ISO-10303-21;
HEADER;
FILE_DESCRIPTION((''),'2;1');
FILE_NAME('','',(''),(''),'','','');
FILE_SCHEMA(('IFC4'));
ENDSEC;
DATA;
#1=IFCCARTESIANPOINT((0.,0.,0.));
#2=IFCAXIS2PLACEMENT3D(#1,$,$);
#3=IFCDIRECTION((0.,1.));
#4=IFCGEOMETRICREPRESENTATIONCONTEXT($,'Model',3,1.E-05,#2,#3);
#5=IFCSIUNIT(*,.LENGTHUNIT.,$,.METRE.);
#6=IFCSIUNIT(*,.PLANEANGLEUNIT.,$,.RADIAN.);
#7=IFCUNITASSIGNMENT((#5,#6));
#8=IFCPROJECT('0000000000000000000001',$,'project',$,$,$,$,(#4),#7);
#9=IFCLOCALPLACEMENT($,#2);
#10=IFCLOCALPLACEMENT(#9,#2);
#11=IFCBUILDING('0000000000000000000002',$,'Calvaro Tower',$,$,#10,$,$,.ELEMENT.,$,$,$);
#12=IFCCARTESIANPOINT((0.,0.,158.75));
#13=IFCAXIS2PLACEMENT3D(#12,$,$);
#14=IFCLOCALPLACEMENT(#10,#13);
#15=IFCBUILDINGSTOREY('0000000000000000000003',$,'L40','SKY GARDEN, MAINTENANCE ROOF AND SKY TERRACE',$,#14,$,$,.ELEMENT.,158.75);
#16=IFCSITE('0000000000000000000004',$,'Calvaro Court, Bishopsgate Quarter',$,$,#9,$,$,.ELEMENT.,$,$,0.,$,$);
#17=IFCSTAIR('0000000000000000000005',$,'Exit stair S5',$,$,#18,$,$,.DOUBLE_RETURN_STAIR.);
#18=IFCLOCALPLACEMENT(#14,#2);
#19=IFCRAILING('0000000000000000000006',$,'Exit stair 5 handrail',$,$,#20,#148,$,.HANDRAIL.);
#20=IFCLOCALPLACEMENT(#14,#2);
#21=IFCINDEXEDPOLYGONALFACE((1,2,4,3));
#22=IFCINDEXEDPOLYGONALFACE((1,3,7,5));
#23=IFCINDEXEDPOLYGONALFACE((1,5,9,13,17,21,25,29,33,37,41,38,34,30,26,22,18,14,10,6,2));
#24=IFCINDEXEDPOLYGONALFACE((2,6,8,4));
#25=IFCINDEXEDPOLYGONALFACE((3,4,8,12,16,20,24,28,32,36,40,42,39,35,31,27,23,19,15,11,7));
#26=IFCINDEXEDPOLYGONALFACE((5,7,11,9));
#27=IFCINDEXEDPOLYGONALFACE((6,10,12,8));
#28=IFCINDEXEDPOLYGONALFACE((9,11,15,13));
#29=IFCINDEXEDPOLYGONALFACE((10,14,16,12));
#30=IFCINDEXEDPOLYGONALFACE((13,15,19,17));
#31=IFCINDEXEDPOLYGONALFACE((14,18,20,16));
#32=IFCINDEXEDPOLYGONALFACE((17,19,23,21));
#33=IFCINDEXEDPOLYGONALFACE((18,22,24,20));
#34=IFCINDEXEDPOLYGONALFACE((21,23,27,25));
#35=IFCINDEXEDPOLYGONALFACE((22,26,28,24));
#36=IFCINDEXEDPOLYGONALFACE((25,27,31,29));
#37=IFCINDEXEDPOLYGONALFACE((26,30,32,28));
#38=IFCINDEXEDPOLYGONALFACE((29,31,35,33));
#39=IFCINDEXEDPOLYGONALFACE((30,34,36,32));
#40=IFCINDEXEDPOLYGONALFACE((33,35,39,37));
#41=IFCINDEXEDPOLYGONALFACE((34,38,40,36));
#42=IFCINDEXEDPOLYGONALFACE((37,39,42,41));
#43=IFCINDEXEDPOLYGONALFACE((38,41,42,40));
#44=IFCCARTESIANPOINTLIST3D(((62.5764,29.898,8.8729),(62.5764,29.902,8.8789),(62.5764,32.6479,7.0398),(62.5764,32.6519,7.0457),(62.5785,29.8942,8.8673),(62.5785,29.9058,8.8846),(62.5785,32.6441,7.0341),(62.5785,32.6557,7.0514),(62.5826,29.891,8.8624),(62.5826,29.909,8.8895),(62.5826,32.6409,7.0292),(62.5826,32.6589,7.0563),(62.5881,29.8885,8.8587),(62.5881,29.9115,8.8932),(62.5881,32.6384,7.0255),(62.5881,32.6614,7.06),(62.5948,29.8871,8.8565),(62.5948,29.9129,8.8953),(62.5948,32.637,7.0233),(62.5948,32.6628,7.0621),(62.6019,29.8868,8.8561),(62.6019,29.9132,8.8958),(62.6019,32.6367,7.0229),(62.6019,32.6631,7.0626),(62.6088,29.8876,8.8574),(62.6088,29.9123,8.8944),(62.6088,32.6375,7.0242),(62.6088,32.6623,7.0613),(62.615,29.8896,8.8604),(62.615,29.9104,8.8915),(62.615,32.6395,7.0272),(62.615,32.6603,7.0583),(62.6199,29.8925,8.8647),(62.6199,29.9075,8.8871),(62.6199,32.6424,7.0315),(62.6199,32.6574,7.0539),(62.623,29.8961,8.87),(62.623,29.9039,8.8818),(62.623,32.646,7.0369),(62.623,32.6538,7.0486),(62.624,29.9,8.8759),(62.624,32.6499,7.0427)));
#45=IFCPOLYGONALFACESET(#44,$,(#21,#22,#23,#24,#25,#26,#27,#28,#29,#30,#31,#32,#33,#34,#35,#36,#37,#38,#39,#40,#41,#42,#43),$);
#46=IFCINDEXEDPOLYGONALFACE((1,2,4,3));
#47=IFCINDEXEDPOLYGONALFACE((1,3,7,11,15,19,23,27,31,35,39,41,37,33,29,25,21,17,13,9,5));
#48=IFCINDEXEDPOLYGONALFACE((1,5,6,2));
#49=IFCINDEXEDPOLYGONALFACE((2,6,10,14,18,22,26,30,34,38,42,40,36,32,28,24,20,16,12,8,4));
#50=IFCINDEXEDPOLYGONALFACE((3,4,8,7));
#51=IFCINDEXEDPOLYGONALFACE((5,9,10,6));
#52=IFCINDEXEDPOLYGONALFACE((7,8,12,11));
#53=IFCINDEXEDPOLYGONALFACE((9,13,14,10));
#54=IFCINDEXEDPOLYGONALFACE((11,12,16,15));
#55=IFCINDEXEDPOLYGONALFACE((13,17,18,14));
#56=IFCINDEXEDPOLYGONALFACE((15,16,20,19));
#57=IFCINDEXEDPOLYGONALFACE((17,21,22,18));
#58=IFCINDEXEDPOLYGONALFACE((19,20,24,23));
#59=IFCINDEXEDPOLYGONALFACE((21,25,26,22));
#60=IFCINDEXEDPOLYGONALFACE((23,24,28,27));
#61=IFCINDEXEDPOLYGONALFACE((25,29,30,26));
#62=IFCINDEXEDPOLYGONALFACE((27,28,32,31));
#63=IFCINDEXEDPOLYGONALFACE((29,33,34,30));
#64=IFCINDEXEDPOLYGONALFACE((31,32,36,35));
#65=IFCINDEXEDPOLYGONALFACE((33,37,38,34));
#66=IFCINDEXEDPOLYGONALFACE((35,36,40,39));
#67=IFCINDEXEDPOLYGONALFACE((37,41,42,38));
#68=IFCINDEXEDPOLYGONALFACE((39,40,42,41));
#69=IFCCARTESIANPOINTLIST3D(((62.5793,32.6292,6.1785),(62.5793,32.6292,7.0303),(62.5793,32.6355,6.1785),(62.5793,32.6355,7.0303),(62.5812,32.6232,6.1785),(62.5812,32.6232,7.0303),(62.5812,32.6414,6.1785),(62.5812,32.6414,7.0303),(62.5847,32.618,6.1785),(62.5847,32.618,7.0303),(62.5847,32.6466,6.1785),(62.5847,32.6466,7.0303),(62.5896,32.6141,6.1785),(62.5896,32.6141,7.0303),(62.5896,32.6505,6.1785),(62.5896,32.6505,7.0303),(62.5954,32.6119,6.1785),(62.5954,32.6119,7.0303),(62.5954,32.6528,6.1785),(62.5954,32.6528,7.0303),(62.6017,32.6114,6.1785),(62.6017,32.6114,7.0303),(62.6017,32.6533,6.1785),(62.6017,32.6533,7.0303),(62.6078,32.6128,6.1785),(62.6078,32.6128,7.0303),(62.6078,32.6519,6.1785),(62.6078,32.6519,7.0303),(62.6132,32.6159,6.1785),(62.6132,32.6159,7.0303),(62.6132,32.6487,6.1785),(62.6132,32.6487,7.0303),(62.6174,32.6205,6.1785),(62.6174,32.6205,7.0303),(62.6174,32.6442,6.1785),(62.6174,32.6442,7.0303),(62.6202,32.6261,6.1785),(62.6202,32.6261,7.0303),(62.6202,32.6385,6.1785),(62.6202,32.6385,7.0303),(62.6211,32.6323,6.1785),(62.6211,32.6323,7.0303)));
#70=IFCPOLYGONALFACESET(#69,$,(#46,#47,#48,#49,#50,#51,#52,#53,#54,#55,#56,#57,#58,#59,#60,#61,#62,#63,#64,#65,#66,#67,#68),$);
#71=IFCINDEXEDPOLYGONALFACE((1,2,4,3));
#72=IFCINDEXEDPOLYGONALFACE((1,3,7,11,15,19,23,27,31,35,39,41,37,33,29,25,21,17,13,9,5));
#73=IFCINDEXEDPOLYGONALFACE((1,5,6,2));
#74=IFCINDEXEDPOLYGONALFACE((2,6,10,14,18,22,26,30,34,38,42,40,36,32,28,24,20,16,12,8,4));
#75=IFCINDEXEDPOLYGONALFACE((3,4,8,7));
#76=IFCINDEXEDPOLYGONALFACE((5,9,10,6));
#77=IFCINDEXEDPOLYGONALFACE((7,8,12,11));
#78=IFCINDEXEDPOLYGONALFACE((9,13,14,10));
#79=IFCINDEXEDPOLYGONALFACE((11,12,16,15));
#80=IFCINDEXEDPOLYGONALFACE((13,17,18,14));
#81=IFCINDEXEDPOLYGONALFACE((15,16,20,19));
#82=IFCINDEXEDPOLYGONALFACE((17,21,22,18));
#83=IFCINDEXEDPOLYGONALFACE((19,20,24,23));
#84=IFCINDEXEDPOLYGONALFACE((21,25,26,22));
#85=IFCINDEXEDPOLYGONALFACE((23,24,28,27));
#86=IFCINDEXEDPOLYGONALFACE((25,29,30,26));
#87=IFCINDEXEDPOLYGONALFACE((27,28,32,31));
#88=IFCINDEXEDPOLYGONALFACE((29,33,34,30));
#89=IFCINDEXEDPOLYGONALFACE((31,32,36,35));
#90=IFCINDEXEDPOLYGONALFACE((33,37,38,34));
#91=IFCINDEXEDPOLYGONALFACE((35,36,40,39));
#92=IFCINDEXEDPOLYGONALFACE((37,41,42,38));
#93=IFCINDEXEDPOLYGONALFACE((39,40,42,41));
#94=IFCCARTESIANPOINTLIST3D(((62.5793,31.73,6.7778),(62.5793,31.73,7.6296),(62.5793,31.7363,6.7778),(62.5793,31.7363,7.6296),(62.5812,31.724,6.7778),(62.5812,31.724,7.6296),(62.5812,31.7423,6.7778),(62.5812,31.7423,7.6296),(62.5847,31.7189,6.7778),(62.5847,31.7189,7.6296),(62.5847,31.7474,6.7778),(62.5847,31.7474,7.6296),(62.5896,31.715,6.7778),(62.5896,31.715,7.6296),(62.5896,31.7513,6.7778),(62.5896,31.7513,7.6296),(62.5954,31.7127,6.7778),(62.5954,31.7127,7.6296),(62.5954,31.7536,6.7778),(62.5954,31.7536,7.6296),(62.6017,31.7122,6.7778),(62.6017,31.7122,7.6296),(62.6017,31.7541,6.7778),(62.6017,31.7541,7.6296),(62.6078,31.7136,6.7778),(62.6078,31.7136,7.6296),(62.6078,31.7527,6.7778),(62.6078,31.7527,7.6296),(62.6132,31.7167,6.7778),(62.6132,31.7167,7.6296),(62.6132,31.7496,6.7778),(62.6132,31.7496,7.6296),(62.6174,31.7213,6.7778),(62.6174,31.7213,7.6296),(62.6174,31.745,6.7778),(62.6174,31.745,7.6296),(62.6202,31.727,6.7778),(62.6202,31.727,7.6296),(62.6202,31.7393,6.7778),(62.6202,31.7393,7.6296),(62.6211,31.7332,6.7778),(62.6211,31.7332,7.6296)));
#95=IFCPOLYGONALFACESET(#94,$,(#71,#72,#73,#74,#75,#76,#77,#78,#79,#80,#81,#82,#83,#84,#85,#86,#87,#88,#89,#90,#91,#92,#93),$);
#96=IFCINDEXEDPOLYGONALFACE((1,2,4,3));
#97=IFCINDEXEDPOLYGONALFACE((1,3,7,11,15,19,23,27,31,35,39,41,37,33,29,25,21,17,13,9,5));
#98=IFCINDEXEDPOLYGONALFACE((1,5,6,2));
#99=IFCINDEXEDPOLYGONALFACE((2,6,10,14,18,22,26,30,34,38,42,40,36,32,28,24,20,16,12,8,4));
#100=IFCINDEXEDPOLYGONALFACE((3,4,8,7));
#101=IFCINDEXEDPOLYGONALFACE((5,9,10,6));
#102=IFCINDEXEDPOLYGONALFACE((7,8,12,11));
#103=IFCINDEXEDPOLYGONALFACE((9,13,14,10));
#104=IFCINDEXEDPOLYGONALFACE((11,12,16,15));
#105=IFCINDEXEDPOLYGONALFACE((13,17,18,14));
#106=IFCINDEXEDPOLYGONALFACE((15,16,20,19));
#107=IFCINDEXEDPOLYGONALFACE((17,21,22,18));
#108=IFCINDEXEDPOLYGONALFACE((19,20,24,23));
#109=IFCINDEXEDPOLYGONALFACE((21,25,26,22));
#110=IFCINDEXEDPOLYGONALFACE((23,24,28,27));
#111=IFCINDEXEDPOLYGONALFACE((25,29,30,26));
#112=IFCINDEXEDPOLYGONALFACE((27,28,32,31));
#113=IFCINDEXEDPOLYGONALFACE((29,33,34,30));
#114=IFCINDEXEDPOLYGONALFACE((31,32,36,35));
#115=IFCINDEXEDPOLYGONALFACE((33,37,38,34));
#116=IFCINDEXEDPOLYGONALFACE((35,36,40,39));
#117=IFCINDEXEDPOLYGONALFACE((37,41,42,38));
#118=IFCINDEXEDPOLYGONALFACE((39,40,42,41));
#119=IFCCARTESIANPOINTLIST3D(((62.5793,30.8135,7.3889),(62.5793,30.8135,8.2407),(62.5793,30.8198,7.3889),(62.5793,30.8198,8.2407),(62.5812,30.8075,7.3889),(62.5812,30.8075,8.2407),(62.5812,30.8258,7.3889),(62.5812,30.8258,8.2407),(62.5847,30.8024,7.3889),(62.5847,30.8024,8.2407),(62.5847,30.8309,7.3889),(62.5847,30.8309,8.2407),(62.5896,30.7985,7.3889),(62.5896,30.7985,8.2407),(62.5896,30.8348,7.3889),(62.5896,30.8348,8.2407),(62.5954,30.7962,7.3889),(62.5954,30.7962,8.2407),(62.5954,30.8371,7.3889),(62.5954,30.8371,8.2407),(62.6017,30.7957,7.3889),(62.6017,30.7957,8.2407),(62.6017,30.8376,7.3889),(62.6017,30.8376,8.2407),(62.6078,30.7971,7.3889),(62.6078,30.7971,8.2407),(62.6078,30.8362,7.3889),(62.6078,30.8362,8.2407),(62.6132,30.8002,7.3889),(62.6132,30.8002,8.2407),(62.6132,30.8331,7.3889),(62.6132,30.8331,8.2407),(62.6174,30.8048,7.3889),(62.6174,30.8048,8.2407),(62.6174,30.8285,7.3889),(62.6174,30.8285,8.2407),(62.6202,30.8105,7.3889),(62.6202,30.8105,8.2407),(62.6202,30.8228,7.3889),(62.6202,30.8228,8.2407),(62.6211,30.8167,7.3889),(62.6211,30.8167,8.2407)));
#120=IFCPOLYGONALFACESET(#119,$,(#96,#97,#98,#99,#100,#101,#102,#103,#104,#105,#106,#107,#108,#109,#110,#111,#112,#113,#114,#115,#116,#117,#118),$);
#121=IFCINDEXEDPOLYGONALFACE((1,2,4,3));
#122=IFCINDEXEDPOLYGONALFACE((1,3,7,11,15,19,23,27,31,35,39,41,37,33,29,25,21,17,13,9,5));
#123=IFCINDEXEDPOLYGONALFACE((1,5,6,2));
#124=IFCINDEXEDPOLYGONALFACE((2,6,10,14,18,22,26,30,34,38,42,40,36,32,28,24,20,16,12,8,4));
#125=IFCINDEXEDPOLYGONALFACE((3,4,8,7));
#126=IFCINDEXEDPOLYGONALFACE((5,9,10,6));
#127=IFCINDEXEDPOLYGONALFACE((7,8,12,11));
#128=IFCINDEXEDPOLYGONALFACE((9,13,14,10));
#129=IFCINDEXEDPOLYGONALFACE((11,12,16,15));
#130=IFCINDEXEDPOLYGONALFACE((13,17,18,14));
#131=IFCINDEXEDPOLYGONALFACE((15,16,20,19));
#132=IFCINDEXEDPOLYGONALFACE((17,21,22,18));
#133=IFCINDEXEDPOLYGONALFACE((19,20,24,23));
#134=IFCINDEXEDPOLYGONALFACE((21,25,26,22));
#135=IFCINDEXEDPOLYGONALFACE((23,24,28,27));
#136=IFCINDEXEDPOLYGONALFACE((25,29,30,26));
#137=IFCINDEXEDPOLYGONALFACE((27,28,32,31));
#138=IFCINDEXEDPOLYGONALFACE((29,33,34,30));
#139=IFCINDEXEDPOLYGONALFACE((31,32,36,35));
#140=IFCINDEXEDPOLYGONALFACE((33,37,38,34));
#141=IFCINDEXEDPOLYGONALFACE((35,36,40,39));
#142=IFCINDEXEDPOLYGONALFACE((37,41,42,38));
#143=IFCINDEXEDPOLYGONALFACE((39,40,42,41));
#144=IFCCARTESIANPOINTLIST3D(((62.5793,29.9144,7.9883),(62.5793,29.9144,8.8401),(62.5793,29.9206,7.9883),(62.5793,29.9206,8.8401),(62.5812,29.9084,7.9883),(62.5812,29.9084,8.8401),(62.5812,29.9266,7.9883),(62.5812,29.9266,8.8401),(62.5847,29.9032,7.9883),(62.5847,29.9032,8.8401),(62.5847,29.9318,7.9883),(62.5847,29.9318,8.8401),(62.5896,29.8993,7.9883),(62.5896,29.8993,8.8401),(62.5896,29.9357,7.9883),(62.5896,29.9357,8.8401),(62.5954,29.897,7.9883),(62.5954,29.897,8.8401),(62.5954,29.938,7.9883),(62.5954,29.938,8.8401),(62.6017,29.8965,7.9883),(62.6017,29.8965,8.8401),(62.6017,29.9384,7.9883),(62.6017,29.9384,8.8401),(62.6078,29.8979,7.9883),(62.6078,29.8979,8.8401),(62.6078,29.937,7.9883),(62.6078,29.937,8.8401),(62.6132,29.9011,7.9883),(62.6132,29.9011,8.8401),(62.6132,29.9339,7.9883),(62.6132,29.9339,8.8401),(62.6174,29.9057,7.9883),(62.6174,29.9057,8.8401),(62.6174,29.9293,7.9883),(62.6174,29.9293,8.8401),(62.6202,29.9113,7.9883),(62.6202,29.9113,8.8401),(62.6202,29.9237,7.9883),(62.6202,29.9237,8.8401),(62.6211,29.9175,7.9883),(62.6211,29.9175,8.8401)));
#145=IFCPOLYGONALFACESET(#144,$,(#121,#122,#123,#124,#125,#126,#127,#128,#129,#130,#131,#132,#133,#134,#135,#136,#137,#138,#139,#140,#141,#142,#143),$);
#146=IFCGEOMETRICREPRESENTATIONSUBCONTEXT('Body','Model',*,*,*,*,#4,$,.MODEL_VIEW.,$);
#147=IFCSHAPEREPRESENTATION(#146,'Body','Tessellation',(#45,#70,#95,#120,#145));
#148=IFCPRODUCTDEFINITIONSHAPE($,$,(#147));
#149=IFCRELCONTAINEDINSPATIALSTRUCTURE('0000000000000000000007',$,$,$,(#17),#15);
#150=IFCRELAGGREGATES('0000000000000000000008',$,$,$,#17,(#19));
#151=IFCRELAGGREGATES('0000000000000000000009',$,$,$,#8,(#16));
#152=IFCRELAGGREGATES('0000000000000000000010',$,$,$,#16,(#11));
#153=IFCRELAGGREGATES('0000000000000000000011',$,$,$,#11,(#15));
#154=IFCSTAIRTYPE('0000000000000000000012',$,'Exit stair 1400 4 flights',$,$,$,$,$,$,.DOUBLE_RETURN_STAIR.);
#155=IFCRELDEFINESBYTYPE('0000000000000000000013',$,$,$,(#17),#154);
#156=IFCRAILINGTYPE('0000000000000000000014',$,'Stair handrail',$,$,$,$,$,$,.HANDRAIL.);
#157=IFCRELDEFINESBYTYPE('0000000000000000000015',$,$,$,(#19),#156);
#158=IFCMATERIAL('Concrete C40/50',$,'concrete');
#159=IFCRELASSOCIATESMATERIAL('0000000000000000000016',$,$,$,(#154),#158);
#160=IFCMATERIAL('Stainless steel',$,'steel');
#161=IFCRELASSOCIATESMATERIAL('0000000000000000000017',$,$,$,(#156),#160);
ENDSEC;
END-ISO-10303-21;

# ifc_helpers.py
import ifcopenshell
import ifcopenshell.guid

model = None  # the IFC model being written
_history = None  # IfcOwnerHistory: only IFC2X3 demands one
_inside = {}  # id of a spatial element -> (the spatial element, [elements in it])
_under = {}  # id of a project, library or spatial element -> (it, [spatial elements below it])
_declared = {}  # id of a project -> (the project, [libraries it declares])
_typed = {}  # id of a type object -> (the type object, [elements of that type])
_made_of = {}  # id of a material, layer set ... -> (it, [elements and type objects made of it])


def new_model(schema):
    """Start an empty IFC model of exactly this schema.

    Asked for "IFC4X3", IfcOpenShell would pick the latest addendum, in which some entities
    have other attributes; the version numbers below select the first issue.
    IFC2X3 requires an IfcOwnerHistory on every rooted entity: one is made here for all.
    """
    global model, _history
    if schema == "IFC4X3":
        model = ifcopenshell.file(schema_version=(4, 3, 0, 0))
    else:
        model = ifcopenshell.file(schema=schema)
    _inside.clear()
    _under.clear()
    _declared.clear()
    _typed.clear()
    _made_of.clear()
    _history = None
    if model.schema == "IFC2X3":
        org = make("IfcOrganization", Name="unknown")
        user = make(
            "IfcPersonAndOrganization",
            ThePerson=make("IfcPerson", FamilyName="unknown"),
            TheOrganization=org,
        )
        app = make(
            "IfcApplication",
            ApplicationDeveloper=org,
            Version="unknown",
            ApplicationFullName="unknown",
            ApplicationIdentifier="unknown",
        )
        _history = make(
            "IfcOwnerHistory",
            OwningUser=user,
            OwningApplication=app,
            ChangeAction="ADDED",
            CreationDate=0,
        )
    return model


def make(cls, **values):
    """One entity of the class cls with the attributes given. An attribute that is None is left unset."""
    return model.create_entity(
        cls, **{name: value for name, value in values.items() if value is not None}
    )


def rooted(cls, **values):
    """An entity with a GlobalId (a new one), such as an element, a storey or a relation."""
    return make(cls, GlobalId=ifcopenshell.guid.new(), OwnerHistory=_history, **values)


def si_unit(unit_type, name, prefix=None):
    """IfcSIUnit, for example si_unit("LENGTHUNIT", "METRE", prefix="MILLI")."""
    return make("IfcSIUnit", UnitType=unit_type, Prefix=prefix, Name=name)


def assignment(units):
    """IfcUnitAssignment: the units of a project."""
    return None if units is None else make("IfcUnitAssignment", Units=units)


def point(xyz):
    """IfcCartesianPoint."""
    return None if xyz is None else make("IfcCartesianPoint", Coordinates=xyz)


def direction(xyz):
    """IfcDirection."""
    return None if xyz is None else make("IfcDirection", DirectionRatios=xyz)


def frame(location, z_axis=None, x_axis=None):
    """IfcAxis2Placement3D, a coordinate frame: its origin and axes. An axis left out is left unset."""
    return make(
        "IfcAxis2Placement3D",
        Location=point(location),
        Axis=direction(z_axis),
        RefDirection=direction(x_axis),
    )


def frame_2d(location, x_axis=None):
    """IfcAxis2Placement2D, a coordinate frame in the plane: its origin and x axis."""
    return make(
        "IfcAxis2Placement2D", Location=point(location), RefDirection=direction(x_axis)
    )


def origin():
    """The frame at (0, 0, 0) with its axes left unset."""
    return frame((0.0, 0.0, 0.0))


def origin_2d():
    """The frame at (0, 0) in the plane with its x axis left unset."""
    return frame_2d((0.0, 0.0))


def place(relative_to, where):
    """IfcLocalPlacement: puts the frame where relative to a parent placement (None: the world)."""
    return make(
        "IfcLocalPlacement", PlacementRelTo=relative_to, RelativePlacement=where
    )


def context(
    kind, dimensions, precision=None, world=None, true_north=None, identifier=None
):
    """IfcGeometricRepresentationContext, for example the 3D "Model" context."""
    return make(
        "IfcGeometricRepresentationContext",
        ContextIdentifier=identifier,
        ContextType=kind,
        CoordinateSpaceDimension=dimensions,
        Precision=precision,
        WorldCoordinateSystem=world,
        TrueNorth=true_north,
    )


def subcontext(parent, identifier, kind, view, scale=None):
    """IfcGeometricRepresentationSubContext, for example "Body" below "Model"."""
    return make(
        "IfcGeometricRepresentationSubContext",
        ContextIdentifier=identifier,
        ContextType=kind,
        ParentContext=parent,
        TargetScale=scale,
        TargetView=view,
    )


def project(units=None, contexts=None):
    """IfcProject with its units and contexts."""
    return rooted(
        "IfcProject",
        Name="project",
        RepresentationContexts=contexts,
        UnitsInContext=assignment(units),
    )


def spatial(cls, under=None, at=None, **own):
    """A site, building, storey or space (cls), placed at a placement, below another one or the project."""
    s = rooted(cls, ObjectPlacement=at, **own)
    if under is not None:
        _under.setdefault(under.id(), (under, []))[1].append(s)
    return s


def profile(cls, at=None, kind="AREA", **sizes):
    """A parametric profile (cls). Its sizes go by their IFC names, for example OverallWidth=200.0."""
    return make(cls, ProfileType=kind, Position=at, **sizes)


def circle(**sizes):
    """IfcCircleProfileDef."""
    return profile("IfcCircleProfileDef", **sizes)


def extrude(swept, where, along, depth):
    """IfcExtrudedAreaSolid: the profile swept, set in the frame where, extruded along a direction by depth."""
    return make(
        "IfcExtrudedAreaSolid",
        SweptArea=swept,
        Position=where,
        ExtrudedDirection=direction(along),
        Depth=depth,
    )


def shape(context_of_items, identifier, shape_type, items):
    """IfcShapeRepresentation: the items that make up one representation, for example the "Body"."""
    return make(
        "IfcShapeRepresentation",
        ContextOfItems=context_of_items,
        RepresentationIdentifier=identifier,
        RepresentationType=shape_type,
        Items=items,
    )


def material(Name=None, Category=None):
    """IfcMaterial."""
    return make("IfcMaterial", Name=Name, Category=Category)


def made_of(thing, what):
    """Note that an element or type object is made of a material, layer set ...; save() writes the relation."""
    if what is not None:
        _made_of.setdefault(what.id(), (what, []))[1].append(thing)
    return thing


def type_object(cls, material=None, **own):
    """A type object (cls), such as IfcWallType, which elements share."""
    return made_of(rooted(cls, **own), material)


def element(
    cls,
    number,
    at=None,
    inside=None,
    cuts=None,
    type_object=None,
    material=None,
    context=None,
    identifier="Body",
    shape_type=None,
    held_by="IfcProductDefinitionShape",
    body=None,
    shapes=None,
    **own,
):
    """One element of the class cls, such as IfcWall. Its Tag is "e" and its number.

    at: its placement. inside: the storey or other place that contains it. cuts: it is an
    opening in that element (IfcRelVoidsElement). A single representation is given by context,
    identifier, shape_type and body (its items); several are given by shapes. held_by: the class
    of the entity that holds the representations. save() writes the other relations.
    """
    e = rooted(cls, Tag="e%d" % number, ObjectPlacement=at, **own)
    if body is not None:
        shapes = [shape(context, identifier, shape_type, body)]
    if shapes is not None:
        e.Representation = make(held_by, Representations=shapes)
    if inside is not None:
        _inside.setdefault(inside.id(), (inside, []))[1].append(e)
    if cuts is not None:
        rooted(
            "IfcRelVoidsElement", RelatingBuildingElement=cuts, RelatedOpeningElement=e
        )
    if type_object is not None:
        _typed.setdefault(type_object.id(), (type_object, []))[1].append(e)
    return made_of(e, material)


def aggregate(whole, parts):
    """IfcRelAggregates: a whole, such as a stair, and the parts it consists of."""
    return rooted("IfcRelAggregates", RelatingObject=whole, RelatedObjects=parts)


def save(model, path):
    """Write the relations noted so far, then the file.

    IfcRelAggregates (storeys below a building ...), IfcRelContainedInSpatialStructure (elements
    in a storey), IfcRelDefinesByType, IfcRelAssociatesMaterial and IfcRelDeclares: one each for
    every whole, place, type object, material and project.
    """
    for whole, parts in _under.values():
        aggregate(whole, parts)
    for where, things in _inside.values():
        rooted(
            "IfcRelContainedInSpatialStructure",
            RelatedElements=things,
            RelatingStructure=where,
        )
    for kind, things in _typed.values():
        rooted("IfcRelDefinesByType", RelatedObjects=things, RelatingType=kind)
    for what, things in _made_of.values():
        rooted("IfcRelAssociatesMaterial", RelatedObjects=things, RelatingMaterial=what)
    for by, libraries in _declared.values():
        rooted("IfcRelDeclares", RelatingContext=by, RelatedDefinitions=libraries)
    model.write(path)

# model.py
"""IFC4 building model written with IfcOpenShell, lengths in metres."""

from ifc_helpers import new_model, si_unit, direction, frame, origin, origin_2d, place, context, subcontext, project, spatial, circle, extrude, material, type_object, element, aggregate, save


model = new_model("IFC4")

# Units and contexts
model_context = context("Model", 3, precision=1e-05, world=origin(), true_north=direction((0.0, 1.0)))
body_context = subcontext(model_context, "Body", "Model", "MODEL_VIEW")
ifc_project = project(units=[si_unit("LENGTHUNIT", "METRE"), si_unit("PLANEANGLEUNIT", "RADIAN")], contexts=[model_context])

# Site, building, storey
site_placement = place(None, origin())
site = spatial("IfcSite", under=ifc_project, at=site_placement, Name="Calvaro Court, Bishopsgate Quarter", CompositionType="ELEMENT", RefElevation=0.0)
building_placement = place(site_placement, origin())
building = spatial("IfcBuilding", under=site, at=building_placement, Name="Calvaro Tower", CompositionType="ELEMENT")
storey_placement = place(building_placement, frame((0.0, 0.0, 158.75)))
storey = spatial("IfcBuildingStorey", under=building, at=storey_placement, Name="L40", Description="SKY GARDEN, MAINTENANCE ROOF AND SKY TERRACE", CompositionType="ELEMENT", Elevation=158.75)

# Stair
ifc_material_1 = material(Name="Concrete C40/50", Category="concrete")
stair_type = type_object("IfcStairType", Name="Exit stair 1400 4 flights", PredefinedType="DOUBLE_RETURN_STAIR", material=ifc_material_1)
stair_1_placement = place(storey_placement, origin())
stair_1 = element("IfcStair", 1, at=stair_1_placement, inside=storey, type_object=stair_type, Name="Exit stair S5", PredefinedType="DOUBLE_RETURN_STAIR")

# Shared definitions
ifc_material_2 = material(Name="Stainless steel", Category="steel")
railing_type = type_object("IfcRailingType", Name="Stair handrail", PredefinedType="HANDRAIL", material=ifc_material_2)

# Railing
railing_1_placement = place(storey_placement, frame((62.6001, 32.6499, 6.1667)))
railing_1 = element("IfcRailing", 2, at=railing_1_placement, type_object=railing_type, Name="Exit stair 5 handrail", PredefinedType="HANDRAIL", context=body_context, shape_type="SweptSolid", body=[
    extrude(circle(Radius=0.0239, at=origin_2d()), frame((0.0, 0.0, 0.876), z_axis=(0.0, -0.832062, 0.554683), x_axis=(1.0, 0.0, 0.0)), (0.0, 0.0, 1.0), 3.3049),
    extrude(circle(Radius=0.021, at=origin_2d()), frame((0.0, -0.0176, 0.0117)), (0.0, 0.0, 1.0), 0.8518),
    extrude(circle(Radius=0.021, at=origin_2d()), frame((0.0, -0.9167, 0.6111)), (0.0, 0.0, 1.0), 0.8518),
    extrude(circle(Radius=0.021, at=origin_2d()), frame((0.0, -1.8333, 1.2222)), (0.0, 0.0, 1.0), 0.8518),
    extrude(circle(Radius=0.021, at=origin_2d()), frame((0.0, -2.7324, 1.8215)), (0.0, 0.0, 1.0), 0.8518),
])
aggregate(stair_1, [railing_1])

save(model, "model.ifc")
